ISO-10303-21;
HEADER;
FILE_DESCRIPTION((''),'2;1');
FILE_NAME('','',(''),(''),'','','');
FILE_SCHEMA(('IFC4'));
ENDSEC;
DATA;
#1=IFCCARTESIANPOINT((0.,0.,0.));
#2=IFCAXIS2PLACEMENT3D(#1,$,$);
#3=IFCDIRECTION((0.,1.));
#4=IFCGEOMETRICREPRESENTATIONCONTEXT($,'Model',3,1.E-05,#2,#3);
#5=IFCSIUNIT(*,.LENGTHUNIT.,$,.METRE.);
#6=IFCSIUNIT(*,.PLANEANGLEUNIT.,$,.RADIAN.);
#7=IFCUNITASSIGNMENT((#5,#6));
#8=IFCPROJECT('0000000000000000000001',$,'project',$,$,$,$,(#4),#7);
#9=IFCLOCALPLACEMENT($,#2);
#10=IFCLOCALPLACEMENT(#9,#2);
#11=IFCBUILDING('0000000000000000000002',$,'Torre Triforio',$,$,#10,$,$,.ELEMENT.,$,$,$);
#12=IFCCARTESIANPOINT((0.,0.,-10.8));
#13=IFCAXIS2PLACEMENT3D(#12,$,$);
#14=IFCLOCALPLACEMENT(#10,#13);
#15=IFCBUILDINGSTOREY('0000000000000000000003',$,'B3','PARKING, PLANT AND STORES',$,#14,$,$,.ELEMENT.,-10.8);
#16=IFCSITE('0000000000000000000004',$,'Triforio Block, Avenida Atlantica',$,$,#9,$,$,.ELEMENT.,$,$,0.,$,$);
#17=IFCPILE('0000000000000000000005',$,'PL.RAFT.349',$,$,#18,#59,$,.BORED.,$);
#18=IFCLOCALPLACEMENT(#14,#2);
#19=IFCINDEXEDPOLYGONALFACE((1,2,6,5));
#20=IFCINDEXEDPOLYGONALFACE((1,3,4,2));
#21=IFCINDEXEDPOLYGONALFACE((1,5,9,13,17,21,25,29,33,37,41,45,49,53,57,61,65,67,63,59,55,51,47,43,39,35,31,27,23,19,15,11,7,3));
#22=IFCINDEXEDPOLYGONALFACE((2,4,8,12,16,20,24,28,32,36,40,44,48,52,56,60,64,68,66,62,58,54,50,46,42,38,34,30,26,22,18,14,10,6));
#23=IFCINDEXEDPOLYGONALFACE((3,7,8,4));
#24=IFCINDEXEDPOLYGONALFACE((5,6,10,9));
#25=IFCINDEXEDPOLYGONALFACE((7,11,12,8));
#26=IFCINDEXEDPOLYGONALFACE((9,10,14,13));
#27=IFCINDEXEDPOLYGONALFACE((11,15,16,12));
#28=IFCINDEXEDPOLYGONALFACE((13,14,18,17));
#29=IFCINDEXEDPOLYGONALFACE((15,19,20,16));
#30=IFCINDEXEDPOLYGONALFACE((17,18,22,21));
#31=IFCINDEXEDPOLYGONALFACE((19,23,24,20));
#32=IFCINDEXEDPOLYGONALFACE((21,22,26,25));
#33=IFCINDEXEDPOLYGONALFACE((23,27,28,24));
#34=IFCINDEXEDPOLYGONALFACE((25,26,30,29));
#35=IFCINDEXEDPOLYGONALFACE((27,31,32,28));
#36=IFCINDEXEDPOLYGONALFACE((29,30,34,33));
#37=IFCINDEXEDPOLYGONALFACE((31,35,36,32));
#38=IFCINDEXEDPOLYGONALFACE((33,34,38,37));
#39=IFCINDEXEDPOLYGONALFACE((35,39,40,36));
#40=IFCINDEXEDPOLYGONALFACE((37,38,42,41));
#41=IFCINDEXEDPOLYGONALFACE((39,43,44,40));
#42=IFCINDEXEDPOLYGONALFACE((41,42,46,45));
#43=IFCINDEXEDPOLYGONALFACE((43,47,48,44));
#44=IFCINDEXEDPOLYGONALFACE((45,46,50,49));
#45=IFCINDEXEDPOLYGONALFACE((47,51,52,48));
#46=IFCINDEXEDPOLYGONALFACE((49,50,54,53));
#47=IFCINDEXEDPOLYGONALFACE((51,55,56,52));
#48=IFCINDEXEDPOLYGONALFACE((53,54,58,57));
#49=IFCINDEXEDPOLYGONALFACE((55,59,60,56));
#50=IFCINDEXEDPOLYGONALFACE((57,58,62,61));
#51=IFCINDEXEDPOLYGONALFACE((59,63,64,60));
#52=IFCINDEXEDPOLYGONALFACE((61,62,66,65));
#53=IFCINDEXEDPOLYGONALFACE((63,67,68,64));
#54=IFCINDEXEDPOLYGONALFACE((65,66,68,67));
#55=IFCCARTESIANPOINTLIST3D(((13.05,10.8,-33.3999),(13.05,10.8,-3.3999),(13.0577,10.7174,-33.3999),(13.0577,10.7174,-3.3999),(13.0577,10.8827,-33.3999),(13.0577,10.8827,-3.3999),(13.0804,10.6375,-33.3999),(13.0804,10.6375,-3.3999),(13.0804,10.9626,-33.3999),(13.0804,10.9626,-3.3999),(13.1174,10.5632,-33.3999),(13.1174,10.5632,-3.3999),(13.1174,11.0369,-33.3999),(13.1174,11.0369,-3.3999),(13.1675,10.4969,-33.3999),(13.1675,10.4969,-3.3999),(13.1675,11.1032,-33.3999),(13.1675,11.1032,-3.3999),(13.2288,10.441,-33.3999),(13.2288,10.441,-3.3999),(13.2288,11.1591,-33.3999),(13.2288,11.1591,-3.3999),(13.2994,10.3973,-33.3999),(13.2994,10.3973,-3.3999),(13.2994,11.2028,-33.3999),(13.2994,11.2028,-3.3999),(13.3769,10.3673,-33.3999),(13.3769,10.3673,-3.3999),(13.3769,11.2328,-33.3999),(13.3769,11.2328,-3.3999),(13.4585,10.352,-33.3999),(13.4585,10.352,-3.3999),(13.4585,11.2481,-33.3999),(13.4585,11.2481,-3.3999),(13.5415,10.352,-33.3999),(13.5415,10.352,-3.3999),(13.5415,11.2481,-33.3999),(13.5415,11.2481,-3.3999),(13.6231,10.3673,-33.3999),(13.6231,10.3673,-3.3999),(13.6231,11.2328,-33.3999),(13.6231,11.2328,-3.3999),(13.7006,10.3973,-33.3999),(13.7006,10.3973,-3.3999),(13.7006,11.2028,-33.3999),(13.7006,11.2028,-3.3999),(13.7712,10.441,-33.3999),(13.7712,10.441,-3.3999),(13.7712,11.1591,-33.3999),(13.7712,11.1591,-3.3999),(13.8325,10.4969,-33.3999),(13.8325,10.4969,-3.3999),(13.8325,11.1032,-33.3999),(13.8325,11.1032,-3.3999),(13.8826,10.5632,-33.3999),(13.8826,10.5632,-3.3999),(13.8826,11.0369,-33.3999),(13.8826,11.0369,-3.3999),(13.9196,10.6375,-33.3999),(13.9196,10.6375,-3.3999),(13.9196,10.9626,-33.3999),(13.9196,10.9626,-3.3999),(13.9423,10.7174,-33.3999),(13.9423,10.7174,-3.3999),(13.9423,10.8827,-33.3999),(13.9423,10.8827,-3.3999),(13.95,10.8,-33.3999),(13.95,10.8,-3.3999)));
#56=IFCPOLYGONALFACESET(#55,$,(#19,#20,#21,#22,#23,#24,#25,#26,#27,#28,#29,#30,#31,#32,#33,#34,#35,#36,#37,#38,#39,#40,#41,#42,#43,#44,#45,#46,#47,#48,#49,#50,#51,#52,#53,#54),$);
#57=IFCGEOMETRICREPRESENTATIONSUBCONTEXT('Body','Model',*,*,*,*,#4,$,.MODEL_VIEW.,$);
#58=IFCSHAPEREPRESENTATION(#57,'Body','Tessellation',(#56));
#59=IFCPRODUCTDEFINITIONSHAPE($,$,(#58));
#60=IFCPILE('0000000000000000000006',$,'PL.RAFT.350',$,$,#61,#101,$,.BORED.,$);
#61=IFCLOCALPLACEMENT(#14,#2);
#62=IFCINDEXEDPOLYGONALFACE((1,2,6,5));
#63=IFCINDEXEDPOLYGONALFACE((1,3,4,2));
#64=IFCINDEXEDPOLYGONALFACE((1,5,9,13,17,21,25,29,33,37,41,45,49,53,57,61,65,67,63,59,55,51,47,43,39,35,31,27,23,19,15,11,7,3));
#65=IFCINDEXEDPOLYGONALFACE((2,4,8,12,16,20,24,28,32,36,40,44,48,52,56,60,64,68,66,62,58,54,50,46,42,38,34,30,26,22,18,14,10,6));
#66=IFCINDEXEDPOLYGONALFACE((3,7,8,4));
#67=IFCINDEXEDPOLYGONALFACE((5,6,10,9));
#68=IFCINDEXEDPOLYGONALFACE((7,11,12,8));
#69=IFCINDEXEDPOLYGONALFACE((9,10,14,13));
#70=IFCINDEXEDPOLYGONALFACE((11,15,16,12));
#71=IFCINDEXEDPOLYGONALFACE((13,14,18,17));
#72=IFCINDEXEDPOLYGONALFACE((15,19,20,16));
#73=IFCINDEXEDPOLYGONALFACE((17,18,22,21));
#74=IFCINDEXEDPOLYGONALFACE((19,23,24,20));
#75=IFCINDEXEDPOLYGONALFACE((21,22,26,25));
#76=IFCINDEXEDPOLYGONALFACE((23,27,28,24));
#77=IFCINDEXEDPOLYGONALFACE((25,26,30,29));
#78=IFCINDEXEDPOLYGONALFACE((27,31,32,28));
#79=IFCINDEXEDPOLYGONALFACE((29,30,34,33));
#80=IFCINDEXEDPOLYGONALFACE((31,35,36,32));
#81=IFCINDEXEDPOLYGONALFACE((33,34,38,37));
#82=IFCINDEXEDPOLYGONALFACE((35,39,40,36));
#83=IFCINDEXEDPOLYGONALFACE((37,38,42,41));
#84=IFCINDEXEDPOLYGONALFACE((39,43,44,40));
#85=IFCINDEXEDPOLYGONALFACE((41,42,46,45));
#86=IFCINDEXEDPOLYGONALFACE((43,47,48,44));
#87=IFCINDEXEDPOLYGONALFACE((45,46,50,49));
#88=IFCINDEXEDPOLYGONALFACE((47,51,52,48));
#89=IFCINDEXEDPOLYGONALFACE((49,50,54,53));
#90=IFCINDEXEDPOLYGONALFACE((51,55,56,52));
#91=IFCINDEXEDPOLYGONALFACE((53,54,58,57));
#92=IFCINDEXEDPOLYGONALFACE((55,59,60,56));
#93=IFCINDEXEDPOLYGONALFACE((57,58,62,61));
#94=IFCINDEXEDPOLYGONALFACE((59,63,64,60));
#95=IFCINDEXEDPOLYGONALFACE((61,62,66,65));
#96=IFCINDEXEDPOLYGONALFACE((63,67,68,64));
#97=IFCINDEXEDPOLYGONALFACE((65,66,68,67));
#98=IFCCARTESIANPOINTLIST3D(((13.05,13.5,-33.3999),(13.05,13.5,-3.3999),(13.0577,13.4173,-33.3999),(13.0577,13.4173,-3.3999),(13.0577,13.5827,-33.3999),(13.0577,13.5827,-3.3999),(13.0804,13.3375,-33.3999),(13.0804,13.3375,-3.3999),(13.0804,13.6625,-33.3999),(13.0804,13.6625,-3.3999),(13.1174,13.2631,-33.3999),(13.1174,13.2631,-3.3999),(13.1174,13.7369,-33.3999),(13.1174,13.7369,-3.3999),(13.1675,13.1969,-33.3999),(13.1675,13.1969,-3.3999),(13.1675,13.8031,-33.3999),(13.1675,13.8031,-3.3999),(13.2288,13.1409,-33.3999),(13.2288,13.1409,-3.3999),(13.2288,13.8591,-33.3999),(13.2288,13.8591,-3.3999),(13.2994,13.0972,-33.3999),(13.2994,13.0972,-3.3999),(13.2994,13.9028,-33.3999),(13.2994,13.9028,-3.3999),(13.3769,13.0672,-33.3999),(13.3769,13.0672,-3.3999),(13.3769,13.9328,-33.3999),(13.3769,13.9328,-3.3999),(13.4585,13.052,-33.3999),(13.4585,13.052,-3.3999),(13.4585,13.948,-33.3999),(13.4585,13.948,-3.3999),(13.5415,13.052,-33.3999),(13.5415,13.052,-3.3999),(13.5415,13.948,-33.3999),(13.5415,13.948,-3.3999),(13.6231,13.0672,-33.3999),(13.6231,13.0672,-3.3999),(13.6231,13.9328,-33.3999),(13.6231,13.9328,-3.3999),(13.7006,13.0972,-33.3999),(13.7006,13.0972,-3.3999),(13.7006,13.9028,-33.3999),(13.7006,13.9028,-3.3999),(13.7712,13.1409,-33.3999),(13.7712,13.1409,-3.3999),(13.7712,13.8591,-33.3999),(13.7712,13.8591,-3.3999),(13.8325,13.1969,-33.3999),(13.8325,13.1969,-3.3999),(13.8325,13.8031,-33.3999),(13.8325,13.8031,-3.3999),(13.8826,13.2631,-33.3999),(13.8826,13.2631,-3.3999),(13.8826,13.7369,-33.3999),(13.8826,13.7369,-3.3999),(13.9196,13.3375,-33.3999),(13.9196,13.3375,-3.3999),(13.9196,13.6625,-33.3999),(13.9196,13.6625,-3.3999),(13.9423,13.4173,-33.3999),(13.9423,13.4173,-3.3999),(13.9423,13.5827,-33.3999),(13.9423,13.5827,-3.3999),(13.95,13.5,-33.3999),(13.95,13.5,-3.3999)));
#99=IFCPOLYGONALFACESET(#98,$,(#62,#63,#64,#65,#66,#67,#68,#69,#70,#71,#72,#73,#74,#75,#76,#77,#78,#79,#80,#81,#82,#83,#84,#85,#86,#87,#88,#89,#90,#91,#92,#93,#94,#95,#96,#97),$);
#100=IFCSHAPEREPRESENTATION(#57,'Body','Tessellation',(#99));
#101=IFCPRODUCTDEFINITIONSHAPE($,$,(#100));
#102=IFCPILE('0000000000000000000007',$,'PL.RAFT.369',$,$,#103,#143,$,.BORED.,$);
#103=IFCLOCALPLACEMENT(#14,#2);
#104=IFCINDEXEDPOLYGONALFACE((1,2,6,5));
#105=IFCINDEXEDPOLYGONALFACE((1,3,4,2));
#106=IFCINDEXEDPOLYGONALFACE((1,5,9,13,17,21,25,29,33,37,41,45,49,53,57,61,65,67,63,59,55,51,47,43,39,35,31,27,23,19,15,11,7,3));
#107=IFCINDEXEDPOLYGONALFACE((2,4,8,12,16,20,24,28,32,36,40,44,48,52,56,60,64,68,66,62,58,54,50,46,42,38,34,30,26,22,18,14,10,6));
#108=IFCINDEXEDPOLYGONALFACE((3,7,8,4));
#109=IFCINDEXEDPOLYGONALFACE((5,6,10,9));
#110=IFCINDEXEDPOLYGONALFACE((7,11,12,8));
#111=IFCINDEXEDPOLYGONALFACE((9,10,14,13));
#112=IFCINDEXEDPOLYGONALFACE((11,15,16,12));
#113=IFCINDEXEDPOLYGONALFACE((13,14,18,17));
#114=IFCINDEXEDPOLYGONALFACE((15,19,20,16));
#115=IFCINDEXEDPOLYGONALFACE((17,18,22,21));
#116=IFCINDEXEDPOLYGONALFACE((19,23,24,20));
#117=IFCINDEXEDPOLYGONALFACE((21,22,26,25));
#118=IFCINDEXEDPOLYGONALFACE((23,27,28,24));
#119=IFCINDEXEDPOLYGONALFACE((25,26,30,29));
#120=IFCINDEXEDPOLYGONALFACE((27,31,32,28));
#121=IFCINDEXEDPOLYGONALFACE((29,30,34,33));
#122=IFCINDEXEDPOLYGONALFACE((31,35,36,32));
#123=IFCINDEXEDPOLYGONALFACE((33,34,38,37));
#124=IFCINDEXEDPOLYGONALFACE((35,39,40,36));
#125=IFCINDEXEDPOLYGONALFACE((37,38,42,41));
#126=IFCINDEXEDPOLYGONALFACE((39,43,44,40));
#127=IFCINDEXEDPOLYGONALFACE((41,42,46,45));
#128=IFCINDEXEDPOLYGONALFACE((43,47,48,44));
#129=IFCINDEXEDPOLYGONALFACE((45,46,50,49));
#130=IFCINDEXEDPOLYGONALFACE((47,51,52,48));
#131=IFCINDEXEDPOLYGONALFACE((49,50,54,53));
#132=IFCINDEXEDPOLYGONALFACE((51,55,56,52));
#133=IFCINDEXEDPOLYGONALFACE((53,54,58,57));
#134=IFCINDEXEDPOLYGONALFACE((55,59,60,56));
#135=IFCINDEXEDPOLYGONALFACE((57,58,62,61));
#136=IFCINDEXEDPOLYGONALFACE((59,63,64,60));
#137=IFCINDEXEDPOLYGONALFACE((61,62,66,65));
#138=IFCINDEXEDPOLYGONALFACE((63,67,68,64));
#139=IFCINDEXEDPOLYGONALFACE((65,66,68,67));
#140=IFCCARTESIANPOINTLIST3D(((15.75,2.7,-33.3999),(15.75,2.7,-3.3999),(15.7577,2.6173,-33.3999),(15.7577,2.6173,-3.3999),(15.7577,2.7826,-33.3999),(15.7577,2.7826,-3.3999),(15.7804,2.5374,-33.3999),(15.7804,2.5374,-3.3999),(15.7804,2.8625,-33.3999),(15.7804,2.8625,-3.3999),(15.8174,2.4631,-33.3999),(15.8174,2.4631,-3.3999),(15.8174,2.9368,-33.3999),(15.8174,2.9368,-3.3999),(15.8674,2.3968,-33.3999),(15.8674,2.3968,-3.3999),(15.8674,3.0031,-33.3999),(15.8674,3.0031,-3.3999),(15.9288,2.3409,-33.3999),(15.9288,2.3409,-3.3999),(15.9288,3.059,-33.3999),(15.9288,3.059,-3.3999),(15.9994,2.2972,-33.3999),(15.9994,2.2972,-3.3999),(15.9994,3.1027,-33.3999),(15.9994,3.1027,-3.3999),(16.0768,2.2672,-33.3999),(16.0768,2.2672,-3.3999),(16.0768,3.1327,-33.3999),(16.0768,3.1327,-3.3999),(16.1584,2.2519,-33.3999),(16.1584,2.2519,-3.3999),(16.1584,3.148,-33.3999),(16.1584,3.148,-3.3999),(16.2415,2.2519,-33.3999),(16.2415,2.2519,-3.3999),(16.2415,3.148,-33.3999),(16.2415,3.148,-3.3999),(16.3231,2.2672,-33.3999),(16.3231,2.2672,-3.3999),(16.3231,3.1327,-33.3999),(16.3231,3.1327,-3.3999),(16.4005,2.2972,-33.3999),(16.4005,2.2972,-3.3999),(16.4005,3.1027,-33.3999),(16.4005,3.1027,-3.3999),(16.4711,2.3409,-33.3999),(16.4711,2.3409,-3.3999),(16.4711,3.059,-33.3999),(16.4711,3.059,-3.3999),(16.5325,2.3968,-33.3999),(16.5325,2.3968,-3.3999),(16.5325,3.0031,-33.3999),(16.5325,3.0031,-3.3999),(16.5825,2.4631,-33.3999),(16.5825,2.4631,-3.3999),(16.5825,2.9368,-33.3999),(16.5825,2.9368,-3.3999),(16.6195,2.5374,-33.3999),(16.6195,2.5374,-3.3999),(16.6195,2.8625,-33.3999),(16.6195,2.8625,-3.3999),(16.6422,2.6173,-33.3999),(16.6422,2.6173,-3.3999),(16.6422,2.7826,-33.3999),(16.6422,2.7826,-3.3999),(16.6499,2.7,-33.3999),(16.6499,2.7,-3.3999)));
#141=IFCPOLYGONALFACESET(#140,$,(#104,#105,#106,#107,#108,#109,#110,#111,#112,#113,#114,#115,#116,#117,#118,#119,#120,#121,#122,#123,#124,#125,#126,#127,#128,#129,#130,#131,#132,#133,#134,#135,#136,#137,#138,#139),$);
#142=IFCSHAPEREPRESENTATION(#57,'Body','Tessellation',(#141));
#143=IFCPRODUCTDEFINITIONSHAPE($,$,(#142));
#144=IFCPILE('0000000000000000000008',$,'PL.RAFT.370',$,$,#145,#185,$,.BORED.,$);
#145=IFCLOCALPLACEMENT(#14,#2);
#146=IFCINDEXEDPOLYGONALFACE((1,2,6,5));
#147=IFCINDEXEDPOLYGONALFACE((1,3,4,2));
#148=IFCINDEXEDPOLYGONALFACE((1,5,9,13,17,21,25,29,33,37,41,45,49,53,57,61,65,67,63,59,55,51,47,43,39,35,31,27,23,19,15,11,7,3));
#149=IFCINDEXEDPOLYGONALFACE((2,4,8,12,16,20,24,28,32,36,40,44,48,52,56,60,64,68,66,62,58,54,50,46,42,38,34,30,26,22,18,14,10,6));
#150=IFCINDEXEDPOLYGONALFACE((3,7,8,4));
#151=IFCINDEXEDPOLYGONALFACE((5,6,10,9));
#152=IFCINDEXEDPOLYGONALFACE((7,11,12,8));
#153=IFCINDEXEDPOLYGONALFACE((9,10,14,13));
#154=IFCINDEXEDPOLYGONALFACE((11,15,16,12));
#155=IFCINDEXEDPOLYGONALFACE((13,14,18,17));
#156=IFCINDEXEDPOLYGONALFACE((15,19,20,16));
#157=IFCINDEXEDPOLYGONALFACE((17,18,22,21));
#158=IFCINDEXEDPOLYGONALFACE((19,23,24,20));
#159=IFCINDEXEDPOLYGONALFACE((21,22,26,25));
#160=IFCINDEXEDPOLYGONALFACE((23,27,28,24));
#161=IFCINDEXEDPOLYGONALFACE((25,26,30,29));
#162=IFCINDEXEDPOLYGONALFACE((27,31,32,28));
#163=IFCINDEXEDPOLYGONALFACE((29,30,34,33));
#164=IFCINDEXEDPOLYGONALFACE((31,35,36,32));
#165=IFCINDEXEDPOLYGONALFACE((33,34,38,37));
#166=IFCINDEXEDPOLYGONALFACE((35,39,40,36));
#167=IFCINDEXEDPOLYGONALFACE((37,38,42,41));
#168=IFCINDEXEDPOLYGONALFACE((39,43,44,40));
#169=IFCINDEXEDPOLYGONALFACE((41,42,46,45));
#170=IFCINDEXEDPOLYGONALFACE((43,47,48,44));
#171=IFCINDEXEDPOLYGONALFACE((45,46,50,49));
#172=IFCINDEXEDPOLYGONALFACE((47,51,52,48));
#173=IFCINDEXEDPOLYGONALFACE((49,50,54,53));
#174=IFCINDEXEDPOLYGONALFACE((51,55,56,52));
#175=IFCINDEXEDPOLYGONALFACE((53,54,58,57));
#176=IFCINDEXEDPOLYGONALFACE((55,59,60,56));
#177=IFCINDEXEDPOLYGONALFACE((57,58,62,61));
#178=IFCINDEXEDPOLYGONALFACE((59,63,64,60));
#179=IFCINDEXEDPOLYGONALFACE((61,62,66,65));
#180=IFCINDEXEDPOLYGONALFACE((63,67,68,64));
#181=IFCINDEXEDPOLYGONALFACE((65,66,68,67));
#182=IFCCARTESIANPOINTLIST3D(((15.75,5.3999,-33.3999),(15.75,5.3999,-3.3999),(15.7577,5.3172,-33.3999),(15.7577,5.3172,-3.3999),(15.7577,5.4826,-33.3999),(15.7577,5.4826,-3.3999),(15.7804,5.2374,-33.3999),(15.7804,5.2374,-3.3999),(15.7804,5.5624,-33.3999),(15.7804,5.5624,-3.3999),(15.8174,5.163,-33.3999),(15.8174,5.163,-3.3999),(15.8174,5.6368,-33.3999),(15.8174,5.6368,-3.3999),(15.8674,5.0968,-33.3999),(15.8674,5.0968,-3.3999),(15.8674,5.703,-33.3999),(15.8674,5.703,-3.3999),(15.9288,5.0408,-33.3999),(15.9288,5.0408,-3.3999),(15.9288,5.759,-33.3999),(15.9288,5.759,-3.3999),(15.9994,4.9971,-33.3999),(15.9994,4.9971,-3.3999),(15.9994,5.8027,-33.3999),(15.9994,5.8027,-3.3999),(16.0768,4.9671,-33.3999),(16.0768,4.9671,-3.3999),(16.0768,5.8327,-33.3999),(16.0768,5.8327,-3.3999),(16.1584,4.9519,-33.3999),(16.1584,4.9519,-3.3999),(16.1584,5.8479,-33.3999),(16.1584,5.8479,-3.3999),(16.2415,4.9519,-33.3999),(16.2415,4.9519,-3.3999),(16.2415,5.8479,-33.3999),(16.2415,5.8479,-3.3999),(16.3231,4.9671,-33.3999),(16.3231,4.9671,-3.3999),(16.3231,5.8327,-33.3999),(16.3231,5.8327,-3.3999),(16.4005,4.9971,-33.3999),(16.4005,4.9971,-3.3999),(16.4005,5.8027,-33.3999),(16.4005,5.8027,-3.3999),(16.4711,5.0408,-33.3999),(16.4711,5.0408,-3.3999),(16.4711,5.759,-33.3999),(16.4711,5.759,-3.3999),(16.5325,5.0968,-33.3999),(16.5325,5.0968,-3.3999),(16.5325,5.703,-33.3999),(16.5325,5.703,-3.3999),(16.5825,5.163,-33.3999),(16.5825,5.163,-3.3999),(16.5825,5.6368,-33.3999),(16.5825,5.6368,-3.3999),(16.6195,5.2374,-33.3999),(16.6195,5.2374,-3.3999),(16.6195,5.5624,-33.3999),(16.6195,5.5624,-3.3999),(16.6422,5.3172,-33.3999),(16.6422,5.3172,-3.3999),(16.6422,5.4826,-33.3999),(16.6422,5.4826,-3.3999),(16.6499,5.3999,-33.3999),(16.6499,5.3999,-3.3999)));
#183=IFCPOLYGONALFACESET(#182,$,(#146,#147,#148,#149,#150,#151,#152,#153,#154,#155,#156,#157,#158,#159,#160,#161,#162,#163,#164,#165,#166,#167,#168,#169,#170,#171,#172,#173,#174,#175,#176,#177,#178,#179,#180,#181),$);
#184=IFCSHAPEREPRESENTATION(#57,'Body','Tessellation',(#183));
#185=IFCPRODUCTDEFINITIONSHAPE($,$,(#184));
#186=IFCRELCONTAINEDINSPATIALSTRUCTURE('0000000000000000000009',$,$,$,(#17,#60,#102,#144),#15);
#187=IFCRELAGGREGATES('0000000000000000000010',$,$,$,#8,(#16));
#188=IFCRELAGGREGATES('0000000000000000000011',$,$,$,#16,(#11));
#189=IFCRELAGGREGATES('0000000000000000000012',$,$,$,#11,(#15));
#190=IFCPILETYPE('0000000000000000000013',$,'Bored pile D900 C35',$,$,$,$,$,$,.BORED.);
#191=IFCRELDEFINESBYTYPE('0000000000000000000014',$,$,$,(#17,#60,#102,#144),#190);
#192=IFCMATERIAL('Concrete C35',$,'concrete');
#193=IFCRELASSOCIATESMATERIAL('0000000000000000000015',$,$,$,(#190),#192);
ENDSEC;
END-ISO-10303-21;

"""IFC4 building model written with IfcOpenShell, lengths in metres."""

from ifc_helpers import new_model, si_unit, direction, frame, origin, origin_2d, place, context, subcontext, project, spatial, circle, extrude, material, material_profile, profile_set, type_object, element, save


model = new_model("IFC4")

# Units and contexts
model_context = context("Model", 3, precision=1e-05, world=origin(), true_north=direction((0.0, 1.0)))
body_context = subcontext(model_context, "Body", "Model", "MODEL_VIEW")
ifc_project = project(units=[si_unit("LENGTHUNIT", "METRE"), si_unit("PLANEANGLEUNIT", "RADIAN")], contexts=[model_context])

# Site, building, storey
site_placement = place(None, origin())
site = spatial("IfcSite", under=ifc_project, at=site_placement, Name="Triforio Block, Avenida Atlantica", CompositionType="ELEMENT", RefElevation=0.0)
building_placement = place(site_placement, origin())
building = spatial("IfcBuilding", under=site, at=building_placement, Name="Torre Triforio", CompositionType="ELEMENT")
storey_placement = place(building_placement, frame((0.0, 0.0, -10.8)))
storey = spatial("IfcBuildingStorey", under=building, at=storey_placement, Name="B3", Description="PARKING, PLANT AND STORES", CompositionType="ELEMENT", Elevation=-10.8)

# Piles
ifc_material_1 = material(Name="Concrete C35", Category="concrete")
ifc_material_profile_1 = material_profile(ifc_material_1, circle(Radius=0.45, at=origin_2d()), Name="RC D900")
ifc_profile_set_1 = profile_set([ifc_material_profile_1], Name="Concrete C35")
pile_type = type_object("IfcPileType", Name="Bored pile D900 C35", PredefinedType="BORED", material=ifc_profile_set_1)
for number, where, z_axis, x_axis, name in (
    (1, (13.5, 10.8, -3.3999), (0.0, 0.0, -1.0), (1.0, 0.0, 0.0), "PL.RAFT.349"),
    (2, (13.5, 13.5, -3.3999), (0.0, 0.0, -1.0), (1.0, 0.0, 0.0), "PL.RAFT.350"),
    (3, (16.2, 2.7, -3.3999), (0.0, 0.0, -1.0), (1.0, 0.0, 0.0), "PL.RAFT.369"),
    (4, (16.2, 5.3999, -3.3999), (0.0, 0.0, -1.0), (1.0, 0.0, 0.0), "PL.RAFT.370"),
):
    element("IfcPile", number, at=place(storey_placement, frame(where, z_axis=z_axis, x_axis=x_axis)), inside=storey, type_object=pile_type, Name=name, PredefinedType="BORED", context=body_context, shape_type="SweptSolid", body=[
        extrude(circle(Radius=0.45, at=origin_2d()), origin(), (0.0, 0.0, 1.0), 30.0),
    ])

save(model, "model.ifc")
